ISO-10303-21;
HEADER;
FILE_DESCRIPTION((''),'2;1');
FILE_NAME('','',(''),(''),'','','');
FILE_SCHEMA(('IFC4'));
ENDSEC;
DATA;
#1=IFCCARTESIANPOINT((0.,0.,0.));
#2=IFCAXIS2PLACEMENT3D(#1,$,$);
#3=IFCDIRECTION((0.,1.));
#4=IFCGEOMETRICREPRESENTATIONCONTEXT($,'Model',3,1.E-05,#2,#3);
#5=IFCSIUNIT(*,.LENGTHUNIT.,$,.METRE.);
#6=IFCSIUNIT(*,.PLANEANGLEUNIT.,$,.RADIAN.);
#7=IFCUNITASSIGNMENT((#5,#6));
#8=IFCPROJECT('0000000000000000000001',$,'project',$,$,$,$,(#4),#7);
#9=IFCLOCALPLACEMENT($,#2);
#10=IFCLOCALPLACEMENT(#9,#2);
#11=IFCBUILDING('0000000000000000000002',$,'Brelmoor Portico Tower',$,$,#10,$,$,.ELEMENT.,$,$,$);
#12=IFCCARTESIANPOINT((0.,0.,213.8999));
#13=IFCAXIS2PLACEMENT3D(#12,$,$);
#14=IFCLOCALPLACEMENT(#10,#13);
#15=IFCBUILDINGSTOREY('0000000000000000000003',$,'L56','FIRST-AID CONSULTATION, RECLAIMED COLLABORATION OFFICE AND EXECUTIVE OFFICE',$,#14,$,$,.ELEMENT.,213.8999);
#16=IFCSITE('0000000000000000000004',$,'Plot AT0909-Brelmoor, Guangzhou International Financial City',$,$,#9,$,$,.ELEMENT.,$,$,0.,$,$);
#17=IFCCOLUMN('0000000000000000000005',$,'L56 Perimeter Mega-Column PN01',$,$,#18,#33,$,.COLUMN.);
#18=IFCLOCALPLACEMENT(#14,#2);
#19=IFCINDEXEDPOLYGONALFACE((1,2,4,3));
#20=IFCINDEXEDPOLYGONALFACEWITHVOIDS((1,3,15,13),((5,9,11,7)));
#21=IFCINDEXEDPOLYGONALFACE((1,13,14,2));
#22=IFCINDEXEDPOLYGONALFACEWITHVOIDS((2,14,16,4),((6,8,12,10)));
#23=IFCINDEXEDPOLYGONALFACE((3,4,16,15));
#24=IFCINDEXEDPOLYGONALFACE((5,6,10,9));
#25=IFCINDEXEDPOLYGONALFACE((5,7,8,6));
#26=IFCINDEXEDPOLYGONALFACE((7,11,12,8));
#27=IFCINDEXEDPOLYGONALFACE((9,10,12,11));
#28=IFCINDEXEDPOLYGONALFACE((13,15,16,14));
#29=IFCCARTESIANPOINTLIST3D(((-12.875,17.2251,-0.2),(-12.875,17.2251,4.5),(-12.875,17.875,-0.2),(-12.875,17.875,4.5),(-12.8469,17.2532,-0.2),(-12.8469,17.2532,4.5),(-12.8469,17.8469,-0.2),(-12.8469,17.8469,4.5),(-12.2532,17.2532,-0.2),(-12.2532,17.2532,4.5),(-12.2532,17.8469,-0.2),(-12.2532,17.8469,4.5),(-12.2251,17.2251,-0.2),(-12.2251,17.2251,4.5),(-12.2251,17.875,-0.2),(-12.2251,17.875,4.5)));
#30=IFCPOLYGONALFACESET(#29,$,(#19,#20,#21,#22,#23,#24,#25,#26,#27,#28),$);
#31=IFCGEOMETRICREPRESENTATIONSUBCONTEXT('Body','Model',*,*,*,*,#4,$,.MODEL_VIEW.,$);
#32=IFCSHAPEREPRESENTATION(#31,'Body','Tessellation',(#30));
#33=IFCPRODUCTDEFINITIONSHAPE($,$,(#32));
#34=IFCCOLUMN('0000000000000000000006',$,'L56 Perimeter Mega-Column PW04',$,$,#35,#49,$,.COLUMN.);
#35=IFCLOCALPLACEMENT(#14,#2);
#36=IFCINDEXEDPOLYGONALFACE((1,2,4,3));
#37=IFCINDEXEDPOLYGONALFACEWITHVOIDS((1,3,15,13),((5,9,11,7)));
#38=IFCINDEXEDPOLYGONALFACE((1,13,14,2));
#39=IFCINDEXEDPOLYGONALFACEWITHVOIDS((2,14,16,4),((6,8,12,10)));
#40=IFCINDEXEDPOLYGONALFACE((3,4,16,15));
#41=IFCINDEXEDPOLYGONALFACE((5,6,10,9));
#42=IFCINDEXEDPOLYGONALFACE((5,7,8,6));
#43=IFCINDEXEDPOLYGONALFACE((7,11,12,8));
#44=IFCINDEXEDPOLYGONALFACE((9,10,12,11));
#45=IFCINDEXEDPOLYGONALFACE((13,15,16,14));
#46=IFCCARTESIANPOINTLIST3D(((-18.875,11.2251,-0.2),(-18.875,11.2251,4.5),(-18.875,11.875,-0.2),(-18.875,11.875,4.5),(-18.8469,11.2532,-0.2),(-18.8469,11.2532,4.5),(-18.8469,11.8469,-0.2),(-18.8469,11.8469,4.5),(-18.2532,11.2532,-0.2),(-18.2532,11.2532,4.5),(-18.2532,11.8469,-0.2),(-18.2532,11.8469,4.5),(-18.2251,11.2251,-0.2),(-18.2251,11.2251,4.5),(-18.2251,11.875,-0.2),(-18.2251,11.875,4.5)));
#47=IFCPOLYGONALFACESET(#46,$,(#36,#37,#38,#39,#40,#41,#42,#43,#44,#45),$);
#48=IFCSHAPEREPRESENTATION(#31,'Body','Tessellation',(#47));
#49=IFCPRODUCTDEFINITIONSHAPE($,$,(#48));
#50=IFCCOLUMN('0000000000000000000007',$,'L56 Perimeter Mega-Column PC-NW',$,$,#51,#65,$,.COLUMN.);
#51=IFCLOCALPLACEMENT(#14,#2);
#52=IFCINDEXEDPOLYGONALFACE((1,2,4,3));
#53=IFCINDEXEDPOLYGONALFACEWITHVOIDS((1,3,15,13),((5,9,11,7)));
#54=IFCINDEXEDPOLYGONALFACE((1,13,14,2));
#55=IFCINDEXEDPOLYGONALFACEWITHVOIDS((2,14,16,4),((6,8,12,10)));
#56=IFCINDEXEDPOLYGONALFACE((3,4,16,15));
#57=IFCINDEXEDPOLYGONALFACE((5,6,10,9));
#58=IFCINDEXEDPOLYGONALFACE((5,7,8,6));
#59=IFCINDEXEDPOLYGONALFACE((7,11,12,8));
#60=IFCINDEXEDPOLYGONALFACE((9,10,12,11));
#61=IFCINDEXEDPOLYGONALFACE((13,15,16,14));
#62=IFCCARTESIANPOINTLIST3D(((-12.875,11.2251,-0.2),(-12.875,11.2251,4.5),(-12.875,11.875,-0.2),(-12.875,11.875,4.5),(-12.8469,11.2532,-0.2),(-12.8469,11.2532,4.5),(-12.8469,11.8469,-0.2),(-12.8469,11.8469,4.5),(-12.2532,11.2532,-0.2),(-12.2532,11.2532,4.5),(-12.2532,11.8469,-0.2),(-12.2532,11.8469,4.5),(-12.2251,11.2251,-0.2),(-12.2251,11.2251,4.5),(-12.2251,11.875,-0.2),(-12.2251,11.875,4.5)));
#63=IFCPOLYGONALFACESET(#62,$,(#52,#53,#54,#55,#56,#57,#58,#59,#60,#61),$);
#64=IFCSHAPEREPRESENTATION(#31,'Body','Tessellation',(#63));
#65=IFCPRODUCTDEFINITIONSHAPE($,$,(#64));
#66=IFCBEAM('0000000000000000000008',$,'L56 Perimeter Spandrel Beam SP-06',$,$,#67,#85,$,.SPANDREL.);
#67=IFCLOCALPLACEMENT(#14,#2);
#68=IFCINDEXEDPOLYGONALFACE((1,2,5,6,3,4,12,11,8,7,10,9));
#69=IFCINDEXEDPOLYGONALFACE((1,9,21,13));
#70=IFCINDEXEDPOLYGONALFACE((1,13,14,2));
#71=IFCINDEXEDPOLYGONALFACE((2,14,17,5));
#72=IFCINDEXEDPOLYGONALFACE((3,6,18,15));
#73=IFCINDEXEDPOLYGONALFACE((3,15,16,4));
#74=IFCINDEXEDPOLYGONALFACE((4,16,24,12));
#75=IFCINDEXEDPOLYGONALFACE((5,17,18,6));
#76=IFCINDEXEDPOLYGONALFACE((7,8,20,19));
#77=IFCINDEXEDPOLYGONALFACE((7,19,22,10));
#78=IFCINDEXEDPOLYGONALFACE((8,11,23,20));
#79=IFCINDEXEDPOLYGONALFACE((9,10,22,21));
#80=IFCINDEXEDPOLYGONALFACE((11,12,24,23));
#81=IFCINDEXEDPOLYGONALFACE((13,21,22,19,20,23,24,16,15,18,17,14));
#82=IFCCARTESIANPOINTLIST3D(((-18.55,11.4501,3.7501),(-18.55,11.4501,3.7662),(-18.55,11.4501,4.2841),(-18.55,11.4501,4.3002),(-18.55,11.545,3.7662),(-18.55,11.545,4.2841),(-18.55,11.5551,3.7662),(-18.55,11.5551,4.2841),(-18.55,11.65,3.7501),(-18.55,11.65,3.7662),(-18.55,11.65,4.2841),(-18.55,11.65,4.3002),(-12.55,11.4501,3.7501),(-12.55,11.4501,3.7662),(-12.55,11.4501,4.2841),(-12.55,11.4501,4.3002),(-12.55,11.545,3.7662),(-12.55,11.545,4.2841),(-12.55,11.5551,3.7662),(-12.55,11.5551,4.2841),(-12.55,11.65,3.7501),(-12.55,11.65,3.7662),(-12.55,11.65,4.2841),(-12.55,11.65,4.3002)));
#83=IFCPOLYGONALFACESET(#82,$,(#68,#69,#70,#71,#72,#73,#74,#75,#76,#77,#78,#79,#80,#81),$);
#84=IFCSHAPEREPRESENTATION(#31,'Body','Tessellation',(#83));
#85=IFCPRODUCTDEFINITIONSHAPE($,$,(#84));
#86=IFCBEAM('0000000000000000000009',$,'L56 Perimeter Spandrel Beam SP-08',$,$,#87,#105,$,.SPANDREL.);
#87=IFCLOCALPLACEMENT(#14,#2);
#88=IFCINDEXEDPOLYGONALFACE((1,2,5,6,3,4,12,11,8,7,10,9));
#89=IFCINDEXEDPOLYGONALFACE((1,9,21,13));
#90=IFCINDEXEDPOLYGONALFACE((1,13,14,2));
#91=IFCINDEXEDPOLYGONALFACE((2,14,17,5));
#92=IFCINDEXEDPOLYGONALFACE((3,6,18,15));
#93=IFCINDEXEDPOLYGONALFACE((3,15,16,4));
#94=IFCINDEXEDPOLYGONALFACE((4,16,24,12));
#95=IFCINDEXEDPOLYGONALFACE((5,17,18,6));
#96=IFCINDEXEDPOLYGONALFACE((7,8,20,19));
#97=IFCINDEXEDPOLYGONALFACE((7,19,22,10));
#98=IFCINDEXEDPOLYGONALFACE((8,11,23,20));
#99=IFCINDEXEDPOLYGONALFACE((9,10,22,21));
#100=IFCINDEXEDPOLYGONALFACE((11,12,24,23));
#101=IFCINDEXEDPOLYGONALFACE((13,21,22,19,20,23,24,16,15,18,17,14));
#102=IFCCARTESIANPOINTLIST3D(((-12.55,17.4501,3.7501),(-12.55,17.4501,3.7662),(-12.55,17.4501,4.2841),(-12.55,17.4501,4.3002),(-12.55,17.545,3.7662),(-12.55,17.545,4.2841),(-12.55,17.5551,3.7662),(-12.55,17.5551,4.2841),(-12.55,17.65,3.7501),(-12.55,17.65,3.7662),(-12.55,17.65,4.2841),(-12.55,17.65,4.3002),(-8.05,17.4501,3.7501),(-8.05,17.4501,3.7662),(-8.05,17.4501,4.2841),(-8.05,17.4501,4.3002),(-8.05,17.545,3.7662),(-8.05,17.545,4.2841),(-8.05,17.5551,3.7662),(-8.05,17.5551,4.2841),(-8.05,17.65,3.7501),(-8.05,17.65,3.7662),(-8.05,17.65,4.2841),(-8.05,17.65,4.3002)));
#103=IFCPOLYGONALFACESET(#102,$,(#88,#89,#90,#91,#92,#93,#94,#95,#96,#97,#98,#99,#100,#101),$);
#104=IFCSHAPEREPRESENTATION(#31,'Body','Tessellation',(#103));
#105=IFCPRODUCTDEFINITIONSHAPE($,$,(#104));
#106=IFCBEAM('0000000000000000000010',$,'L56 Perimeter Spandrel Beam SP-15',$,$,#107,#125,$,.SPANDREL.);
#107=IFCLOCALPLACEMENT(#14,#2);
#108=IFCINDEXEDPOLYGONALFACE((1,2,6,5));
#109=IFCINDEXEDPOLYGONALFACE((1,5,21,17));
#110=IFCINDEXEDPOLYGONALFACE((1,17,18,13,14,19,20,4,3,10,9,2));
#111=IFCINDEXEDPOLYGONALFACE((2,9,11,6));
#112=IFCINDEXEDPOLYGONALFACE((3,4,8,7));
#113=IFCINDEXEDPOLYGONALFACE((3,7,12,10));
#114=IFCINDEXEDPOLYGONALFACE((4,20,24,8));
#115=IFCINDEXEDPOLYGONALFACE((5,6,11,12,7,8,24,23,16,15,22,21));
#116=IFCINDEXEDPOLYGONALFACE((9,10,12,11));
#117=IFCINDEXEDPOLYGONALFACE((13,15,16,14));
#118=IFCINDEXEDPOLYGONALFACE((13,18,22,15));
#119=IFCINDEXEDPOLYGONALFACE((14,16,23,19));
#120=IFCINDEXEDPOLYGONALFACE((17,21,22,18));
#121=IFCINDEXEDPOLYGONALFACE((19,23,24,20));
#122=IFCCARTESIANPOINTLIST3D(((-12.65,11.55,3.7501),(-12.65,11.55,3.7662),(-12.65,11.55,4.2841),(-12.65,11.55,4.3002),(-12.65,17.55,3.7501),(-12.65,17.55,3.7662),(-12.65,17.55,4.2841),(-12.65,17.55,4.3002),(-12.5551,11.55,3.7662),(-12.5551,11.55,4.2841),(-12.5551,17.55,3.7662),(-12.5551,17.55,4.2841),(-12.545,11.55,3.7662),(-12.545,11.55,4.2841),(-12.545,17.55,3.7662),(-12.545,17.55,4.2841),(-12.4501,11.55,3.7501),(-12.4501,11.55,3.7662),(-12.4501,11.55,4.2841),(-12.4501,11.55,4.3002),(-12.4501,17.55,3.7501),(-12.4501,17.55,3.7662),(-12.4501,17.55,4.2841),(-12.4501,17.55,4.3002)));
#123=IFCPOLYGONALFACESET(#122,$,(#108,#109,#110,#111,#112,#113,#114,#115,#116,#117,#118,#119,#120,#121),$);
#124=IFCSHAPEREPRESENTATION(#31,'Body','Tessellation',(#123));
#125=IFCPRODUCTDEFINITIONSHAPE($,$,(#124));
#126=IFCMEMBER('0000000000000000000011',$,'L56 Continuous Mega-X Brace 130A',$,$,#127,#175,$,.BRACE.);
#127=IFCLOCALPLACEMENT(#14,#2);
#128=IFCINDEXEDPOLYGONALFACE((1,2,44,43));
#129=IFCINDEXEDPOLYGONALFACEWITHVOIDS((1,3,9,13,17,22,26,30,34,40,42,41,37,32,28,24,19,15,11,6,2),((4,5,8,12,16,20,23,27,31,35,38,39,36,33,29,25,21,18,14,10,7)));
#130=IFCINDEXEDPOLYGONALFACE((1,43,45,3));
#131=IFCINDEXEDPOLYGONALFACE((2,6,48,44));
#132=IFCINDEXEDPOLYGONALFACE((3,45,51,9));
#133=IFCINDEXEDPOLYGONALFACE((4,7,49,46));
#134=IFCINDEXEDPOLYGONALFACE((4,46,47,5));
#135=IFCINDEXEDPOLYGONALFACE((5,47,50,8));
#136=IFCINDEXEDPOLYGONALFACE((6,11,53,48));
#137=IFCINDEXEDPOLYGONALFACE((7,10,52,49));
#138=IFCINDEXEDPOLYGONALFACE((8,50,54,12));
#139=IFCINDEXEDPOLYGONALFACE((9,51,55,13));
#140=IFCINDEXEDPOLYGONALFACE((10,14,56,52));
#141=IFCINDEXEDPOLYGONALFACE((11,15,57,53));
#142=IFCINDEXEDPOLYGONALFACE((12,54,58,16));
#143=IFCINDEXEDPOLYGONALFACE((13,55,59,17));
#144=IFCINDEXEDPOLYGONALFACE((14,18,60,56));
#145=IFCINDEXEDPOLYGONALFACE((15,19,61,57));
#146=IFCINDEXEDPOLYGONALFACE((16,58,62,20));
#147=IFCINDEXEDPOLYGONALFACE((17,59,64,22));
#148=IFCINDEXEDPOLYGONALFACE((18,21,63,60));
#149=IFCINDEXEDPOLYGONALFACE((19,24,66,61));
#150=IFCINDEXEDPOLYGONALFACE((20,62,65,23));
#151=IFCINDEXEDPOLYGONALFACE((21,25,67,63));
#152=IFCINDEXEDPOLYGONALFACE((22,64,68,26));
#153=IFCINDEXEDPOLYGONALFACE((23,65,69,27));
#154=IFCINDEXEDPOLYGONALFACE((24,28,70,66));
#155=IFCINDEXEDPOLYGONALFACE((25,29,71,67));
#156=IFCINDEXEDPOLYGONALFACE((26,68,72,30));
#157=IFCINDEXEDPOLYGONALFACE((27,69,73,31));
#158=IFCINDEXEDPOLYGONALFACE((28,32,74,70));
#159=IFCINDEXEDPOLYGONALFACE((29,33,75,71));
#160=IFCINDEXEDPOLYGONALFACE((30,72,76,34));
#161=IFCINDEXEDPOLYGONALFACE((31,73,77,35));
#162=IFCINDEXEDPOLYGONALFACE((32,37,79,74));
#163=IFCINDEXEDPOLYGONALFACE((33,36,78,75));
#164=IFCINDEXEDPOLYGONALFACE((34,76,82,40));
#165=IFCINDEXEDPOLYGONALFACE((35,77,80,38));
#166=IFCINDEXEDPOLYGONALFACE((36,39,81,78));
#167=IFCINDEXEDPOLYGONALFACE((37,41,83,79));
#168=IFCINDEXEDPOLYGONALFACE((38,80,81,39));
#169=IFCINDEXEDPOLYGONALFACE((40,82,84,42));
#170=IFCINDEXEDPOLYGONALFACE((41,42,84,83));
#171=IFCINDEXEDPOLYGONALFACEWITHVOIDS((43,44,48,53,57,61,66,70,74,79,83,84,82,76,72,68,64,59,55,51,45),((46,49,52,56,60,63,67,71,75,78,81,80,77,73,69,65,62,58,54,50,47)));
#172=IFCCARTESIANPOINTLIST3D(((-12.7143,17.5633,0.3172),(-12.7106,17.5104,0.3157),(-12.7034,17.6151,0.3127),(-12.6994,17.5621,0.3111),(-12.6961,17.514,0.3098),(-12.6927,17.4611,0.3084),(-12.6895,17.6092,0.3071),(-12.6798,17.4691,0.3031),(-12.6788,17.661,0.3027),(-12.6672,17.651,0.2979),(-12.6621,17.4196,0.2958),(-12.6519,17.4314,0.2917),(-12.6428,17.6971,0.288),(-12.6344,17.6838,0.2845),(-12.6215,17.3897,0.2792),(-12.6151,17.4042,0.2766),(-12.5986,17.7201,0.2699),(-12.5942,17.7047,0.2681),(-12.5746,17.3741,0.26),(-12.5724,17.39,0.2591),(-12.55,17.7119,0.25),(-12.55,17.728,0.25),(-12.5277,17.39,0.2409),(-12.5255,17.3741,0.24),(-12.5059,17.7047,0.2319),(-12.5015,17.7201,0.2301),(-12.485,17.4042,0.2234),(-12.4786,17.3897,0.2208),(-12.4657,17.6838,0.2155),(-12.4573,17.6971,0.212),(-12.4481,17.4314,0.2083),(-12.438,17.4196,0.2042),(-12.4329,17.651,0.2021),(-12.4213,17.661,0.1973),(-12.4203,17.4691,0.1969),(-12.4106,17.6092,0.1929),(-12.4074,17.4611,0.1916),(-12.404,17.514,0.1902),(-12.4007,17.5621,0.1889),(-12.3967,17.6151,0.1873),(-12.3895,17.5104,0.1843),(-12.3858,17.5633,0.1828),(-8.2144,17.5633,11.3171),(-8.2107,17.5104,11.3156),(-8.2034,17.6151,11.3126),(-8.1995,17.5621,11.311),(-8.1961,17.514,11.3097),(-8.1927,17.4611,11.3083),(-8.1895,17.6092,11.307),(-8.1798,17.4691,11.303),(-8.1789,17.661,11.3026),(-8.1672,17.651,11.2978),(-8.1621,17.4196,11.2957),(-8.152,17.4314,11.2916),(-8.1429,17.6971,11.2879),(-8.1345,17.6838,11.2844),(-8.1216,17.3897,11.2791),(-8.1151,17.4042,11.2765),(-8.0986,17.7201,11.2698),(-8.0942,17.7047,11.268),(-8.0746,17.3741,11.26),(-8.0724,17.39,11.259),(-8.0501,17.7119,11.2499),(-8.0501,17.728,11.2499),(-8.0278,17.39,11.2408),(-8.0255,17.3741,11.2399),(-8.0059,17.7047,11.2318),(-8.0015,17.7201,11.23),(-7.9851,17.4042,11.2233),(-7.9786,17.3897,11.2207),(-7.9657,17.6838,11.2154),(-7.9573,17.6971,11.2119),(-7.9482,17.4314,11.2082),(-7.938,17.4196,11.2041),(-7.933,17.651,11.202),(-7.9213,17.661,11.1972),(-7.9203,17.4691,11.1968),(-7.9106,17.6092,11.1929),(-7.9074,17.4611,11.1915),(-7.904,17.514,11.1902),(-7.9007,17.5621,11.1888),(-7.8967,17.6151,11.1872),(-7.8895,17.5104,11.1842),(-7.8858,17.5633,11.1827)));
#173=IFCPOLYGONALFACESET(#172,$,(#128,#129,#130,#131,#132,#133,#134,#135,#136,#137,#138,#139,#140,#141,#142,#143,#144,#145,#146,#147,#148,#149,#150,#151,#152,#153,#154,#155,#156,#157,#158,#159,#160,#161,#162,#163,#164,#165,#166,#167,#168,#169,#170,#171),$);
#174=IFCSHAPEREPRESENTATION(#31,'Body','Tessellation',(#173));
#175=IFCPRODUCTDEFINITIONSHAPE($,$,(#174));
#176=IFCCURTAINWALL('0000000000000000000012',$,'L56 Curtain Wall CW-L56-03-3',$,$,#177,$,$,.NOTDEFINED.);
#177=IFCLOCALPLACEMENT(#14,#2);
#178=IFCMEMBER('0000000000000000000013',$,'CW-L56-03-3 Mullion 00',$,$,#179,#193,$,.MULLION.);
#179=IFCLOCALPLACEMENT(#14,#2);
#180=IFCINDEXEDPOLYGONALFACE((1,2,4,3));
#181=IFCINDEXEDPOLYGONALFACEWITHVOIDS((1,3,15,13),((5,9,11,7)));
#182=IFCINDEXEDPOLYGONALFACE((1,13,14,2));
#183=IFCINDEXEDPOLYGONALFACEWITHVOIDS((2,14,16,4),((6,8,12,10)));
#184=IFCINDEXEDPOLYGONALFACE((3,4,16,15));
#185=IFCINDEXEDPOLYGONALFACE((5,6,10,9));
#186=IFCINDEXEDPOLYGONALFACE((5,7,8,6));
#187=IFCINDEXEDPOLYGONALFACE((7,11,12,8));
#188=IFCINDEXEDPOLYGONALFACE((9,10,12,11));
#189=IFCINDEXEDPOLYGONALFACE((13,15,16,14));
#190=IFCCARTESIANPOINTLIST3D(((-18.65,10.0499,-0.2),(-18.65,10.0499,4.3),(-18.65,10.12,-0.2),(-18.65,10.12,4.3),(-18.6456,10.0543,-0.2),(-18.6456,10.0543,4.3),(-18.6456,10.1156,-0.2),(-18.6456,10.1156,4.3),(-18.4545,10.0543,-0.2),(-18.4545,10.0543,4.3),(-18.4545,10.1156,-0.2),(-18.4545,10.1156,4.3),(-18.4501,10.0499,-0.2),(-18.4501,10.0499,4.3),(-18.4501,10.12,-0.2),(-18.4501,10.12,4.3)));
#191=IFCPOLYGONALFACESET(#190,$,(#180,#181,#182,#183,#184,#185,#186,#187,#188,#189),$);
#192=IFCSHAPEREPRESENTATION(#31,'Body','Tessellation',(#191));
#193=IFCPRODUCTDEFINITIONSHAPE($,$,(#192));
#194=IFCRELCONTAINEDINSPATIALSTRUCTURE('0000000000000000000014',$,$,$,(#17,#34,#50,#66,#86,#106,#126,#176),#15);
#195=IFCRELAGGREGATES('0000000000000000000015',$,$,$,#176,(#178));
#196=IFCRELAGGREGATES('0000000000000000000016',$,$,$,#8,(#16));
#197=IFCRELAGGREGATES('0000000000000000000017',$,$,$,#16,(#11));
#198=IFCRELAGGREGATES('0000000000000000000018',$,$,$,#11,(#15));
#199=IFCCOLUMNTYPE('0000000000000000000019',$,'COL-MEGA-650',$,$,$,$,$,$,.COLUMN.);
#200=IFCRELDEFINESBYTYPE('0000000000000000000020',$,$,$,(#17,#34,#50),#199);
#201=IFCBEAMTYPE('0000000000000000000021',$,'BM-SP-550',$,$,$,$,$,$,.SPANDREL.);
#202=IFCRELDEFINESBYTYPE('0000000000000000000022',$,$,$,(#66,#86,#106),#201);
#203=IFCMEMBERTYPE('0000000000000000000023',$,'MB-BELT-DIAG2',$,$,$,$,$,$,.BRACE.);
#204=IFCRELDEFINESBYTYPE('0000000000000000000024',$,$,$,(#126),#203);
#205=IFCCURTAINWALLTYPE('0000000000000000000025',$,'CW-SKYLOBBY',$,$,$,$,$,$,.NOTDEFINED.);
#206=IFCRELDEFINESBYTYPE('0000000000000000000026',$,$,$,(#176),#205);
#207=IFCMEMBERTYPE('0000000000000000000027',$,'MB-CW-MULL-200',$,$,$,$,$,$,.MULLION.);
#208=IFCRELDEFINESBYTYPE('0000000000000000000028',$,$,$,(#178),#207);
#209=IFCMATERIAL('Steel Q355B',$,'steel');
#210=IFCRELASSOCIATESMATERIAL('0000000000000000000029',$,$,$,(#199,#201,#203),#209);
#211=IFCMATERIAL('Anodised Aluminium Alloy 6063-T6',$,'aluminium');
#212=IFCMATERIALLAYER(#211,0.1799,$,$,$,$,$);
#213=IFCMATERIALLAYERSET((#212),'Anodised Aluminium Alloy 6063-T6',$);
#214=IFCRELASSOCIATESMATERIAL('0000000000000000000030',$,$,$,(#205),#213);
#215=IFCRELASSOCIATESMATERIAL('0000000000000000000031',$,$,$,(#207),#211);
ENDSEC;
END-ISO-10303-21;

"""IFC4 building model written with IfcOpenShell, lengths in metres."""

from ifc_helpers import new_model, si_unit, direction, frame, origin, origin_2d, place, context, subcontext, project, spatial, hollow_rectangle, hollow_circle, i_section, extrude, material, layer, layer_set, material_profile, profile_set, type_object, element, aggregate, save


model = new_model("IFC4")

# Units and contexts
model_context = context("Model", 3, precision=1e-05, world=origin(), true_north=direction((0.0, 1.0)))
body_context = subcontext(model_context, "Body", "Model", "MODEL_VIEW")
ifc_project = project(units=[si_unit("LENGTHUNIT", "METRE"), si_unit("PLANEANGLEUNIT", "RADIAN")], contexts=[model_context])

# Site, building, storey
site_placement = place(None, origin())
site = spatial("IfcSite", under=ifc_project, at=site_placement, Name="Plot AT0909-Brelmoor, Guangzhou International Financial City", CompositionType="ELEMENT", RefElevation=0.0)
building_placement = place(site_placement, origin())
building = spatial("IfcBuilding", under=site, at=building_placement, Name="Brelmoor Portico Tower", CompositionType="ELEMENT")
storey_placement = place(building_placement, frame((0.0, 0.0, 213.8999)))
storey = spatial("IfcBuildingStorey", under=building, at=storey_placement, Name="L56", Description="FIRST-AID CONSULTATION, RECLAIMED COLLABORATION OFFICE AND EXECUTIVE OFFICE", CompositionType="ELEMENT", Elevation=213.8999)

# Columns
ifc_material_1 = material(Name="Steel Q355B", Category="steel")
ifc_material_profile_1 = material_profile(ifc_material_1, hollow_rectangle(XDim=0.6499, YDim=0.6499, WallThickness=0.0281, at=origin_2d()), Name="BOX 650x650x28")
ifc_profile_set_1 = profile_set([ifc_material_profile_1], Name="Steel Q355B")
column_type = type_object("IfcColumnType", Name="COL-MEGA-650", PredefinedType="COLUMN", material=ifc_profile_set_1)
for number, where, z_axis, x_axis, name in (
    (1, (-12.55, 17.55, -0.2), (0.0, 0.0, 1.0), (1.0, 0.0, 0.0), "L56 Perimeter Mega-Column PN01"),
    (2, (-18.55, 11.55, -0.2), (0.0, 0.0, 1.0), (0.0, 1.0, 0.0), "L56 Perimeter Mega-Column PW04"),
    (3, (-12.55, 11.55, -0.2), (0.0, 0.0, 1.0), (1.0, 0.0, 0.0), "L56 Perimeter Mega-Column PC-NW"),
):
    element("IfcColumn", number, at=place(storey_placement, frame(where, z_axis=z_axis, x_axis=x_axis)), inside=storey, type_object=column_type, Name=name, PredefinedType="COLUMN", context=body_context, shape_type="SweptSolid", body=[
        extrude(hollow_rectangle(XDim=0.6499, YDim=0.6499, WallThickness=0.0281, at=origin_2d()), origin(), (0.0, 0.0, 1.0), 4.7),
    ])

# Beams
ifc_material_profile_2 = material_profile(ifc_material_1, i_section(OverallWidth=0.2, OverallDepth=0.55, WebThickness=0.01, FlangeThickness=0.0161, at=origin_2d()), Name="HN 550x200x10x16")
ifc_profile_set_2 = profile_set([ifc_material_profile_2], Name="Steel Q355B")
beam_type = type_object("IfcBeamType", Name="BM-SP-550", PredefinedType="SPANDREL", material=ifc_profile_set_2)
beam_1_placement = place(storey_placement, frame((-18.55, 11.55, 4.0251), z_axis=(1.0, 0.0, 0.0), x_axis=(0.0, 1.0, 0.0)))
element("IfcBeam", 4, at=beam_1_placement, inside=storey, type_object=beam_type, Name="L56 Perimeter Spandrel Beam SP-06", PredefinedType="SPANDREL", context=body_context, shape_type="SweptSolid", body=[
    extrude(i_section(OverallWidth=0.2, OverallDepth=0.55, WebThickness=0.01, FlangeThickness=0.0161, at=origin_2d()), origin(), (0.0, 0.0, 1.0), 6.0),
])
beam_2_placement = place(storey_placement, frame((-12.55, 17.55, 4.0251), z_axis=(1.0, 0.0, 0.0), x_axis=(0.0, 1.0, 0.0)))
element("IfcBeam", 5, at=beam_2_placement, inside=storey, type_object=beam_type, Name="L56 Perimeter Spandrel Beam SP-08", PredefinedType="SPANDREL", context=body_context, shape_type="SweptSolid", body=[
    extrude(i_section(OverallWidth=0.2, OverallDepth=0.55, WebThickness=0.01, FlangeThickness=0.0161, at=origin_2d()), origin(), (0.0, 0.0, 1.0), 4.5),
])
beam_3_placement = place(storey_placement, frame((-12.55, 11.55, 4.0251), z_axis=(0.0, 1.0, 0.0), x_axis=(-1.0, 0.0, 0.0)))
element("IfcBeam", 6, at=beam_3_placement, inside=storey, type_object=beam_type, Name="L56 Perimeter Spandrel Beam SP-15", PredefinedType="SPANDREL", context=body_context, shape_type="SweptSolid", body=[
    extrude(i_section(OverallWidth=0.2, OverallDepth=0.55, WebThickness=0.01, FlangeThickness=0.0161, at=origin_2d()), origin(), (0.0, 0.0, 1.0), 6.0),
])

# Member
ifc_material_profile_3 = material_profile(ifc_material_1, hollow_circle(Radius=0.178, WallThickness=0.0161, at=origin_2d()), Name="CHS 356x16")
ifc_profile_set_3 = profile_set([ifc_material_profile_3], Name="Steel Q355B")
member_type_1 = type_object("IfcMemberType", Name="MB-BELT-DIAG2", PredefinedType="BRACE", material=ifc_profile_set_3)
member_1_placement = place(storey_placement, frame((-12.55, 17.55, 0.25), z_axis=(0.378633, 0.0, 0.925547), x_axis=(0.0, 1.0, 0.0)))
element("IfcMember", 7, at=member_1_placement, inside=storey, type_object=member_type_1, Name="L56 Continuous Mega-X Brace 130A", PredefinedType="BRACE", context=body_context, shape_type="SweptSolid", body=[
    extrude(hollow_circle(Radius=0.178, WallThickness=0.0161, at=origin_2d()), origin(), (0.0, 0.0, 1.0), 11.8848),
])

# Curtain wall, member
ifc_material_2 = material(Name="Anodised Aluminium Alloy 6063-T6", Category="aluminium")
ifc_layer_1 = layer(ifc_material_2, 0.1799)
ifc_layer_set_1 = layer_set([ifc_layer_1], Name="Anodised Aluminium Alloy 6063-T6")
curtain_wall_type = type_object("IfcCurtainWallType", Name="CW-SKYLOBBY", PredefinedType="NOTDEFINED", material=ifc_layer_set_1)
curtain_wall_placement = place(storey_placement, origin())
curtain_wall = element("IfcCurtainWall", 8, at=curtain_wall_placement, inside=storey, type_object=curtain_wall_type, Name="L56 Curtain Wall CW-L56-03-3", PredefinedType="NOTDEFINED")
ifc_material_profile_4 = material_profile(ifc_material_2, hollow_rectangle(XDim=0.0701, YDim=0.2, WallThickness=0.0044, at=origin_2d()), Name="ALU MULLION 70x200")
ifc_profile_set_4 = profile_set([ifc_material_profile_4], Name="Anodised Aluminium Alloy 6063-T6")
member_type_2 = type_object("IfcMemberType", Name="MB-CW-MULL-200", PredefinedType="MULLION", material=ifc_profile_set_4)
member_2_placement = place(storey_placement, frame((-18.55, 10.085, -0.2), z_axis=(0.0, 0.0, 1.0), x_axis=(0.0, 1.0, 0.0)))
member_2 = element("IfcMember", 9, at=member_2_placement, type_object=member_type_2, Name="CW-L56-03-3 Mullion 00", PredefinedType="MULLION", context=body_context, shape_type="SweptSolid", body=[
    extrude(hollow_rectangle(XDim=0.0701, YDim=0.2, WallThickness=0.0044, at=origin_2d()), origin(), (0.0, 0.0, 1.0), 4.5),
])
aggregate(curtain_wall, [member_2])

save(model, "model.ifc")
